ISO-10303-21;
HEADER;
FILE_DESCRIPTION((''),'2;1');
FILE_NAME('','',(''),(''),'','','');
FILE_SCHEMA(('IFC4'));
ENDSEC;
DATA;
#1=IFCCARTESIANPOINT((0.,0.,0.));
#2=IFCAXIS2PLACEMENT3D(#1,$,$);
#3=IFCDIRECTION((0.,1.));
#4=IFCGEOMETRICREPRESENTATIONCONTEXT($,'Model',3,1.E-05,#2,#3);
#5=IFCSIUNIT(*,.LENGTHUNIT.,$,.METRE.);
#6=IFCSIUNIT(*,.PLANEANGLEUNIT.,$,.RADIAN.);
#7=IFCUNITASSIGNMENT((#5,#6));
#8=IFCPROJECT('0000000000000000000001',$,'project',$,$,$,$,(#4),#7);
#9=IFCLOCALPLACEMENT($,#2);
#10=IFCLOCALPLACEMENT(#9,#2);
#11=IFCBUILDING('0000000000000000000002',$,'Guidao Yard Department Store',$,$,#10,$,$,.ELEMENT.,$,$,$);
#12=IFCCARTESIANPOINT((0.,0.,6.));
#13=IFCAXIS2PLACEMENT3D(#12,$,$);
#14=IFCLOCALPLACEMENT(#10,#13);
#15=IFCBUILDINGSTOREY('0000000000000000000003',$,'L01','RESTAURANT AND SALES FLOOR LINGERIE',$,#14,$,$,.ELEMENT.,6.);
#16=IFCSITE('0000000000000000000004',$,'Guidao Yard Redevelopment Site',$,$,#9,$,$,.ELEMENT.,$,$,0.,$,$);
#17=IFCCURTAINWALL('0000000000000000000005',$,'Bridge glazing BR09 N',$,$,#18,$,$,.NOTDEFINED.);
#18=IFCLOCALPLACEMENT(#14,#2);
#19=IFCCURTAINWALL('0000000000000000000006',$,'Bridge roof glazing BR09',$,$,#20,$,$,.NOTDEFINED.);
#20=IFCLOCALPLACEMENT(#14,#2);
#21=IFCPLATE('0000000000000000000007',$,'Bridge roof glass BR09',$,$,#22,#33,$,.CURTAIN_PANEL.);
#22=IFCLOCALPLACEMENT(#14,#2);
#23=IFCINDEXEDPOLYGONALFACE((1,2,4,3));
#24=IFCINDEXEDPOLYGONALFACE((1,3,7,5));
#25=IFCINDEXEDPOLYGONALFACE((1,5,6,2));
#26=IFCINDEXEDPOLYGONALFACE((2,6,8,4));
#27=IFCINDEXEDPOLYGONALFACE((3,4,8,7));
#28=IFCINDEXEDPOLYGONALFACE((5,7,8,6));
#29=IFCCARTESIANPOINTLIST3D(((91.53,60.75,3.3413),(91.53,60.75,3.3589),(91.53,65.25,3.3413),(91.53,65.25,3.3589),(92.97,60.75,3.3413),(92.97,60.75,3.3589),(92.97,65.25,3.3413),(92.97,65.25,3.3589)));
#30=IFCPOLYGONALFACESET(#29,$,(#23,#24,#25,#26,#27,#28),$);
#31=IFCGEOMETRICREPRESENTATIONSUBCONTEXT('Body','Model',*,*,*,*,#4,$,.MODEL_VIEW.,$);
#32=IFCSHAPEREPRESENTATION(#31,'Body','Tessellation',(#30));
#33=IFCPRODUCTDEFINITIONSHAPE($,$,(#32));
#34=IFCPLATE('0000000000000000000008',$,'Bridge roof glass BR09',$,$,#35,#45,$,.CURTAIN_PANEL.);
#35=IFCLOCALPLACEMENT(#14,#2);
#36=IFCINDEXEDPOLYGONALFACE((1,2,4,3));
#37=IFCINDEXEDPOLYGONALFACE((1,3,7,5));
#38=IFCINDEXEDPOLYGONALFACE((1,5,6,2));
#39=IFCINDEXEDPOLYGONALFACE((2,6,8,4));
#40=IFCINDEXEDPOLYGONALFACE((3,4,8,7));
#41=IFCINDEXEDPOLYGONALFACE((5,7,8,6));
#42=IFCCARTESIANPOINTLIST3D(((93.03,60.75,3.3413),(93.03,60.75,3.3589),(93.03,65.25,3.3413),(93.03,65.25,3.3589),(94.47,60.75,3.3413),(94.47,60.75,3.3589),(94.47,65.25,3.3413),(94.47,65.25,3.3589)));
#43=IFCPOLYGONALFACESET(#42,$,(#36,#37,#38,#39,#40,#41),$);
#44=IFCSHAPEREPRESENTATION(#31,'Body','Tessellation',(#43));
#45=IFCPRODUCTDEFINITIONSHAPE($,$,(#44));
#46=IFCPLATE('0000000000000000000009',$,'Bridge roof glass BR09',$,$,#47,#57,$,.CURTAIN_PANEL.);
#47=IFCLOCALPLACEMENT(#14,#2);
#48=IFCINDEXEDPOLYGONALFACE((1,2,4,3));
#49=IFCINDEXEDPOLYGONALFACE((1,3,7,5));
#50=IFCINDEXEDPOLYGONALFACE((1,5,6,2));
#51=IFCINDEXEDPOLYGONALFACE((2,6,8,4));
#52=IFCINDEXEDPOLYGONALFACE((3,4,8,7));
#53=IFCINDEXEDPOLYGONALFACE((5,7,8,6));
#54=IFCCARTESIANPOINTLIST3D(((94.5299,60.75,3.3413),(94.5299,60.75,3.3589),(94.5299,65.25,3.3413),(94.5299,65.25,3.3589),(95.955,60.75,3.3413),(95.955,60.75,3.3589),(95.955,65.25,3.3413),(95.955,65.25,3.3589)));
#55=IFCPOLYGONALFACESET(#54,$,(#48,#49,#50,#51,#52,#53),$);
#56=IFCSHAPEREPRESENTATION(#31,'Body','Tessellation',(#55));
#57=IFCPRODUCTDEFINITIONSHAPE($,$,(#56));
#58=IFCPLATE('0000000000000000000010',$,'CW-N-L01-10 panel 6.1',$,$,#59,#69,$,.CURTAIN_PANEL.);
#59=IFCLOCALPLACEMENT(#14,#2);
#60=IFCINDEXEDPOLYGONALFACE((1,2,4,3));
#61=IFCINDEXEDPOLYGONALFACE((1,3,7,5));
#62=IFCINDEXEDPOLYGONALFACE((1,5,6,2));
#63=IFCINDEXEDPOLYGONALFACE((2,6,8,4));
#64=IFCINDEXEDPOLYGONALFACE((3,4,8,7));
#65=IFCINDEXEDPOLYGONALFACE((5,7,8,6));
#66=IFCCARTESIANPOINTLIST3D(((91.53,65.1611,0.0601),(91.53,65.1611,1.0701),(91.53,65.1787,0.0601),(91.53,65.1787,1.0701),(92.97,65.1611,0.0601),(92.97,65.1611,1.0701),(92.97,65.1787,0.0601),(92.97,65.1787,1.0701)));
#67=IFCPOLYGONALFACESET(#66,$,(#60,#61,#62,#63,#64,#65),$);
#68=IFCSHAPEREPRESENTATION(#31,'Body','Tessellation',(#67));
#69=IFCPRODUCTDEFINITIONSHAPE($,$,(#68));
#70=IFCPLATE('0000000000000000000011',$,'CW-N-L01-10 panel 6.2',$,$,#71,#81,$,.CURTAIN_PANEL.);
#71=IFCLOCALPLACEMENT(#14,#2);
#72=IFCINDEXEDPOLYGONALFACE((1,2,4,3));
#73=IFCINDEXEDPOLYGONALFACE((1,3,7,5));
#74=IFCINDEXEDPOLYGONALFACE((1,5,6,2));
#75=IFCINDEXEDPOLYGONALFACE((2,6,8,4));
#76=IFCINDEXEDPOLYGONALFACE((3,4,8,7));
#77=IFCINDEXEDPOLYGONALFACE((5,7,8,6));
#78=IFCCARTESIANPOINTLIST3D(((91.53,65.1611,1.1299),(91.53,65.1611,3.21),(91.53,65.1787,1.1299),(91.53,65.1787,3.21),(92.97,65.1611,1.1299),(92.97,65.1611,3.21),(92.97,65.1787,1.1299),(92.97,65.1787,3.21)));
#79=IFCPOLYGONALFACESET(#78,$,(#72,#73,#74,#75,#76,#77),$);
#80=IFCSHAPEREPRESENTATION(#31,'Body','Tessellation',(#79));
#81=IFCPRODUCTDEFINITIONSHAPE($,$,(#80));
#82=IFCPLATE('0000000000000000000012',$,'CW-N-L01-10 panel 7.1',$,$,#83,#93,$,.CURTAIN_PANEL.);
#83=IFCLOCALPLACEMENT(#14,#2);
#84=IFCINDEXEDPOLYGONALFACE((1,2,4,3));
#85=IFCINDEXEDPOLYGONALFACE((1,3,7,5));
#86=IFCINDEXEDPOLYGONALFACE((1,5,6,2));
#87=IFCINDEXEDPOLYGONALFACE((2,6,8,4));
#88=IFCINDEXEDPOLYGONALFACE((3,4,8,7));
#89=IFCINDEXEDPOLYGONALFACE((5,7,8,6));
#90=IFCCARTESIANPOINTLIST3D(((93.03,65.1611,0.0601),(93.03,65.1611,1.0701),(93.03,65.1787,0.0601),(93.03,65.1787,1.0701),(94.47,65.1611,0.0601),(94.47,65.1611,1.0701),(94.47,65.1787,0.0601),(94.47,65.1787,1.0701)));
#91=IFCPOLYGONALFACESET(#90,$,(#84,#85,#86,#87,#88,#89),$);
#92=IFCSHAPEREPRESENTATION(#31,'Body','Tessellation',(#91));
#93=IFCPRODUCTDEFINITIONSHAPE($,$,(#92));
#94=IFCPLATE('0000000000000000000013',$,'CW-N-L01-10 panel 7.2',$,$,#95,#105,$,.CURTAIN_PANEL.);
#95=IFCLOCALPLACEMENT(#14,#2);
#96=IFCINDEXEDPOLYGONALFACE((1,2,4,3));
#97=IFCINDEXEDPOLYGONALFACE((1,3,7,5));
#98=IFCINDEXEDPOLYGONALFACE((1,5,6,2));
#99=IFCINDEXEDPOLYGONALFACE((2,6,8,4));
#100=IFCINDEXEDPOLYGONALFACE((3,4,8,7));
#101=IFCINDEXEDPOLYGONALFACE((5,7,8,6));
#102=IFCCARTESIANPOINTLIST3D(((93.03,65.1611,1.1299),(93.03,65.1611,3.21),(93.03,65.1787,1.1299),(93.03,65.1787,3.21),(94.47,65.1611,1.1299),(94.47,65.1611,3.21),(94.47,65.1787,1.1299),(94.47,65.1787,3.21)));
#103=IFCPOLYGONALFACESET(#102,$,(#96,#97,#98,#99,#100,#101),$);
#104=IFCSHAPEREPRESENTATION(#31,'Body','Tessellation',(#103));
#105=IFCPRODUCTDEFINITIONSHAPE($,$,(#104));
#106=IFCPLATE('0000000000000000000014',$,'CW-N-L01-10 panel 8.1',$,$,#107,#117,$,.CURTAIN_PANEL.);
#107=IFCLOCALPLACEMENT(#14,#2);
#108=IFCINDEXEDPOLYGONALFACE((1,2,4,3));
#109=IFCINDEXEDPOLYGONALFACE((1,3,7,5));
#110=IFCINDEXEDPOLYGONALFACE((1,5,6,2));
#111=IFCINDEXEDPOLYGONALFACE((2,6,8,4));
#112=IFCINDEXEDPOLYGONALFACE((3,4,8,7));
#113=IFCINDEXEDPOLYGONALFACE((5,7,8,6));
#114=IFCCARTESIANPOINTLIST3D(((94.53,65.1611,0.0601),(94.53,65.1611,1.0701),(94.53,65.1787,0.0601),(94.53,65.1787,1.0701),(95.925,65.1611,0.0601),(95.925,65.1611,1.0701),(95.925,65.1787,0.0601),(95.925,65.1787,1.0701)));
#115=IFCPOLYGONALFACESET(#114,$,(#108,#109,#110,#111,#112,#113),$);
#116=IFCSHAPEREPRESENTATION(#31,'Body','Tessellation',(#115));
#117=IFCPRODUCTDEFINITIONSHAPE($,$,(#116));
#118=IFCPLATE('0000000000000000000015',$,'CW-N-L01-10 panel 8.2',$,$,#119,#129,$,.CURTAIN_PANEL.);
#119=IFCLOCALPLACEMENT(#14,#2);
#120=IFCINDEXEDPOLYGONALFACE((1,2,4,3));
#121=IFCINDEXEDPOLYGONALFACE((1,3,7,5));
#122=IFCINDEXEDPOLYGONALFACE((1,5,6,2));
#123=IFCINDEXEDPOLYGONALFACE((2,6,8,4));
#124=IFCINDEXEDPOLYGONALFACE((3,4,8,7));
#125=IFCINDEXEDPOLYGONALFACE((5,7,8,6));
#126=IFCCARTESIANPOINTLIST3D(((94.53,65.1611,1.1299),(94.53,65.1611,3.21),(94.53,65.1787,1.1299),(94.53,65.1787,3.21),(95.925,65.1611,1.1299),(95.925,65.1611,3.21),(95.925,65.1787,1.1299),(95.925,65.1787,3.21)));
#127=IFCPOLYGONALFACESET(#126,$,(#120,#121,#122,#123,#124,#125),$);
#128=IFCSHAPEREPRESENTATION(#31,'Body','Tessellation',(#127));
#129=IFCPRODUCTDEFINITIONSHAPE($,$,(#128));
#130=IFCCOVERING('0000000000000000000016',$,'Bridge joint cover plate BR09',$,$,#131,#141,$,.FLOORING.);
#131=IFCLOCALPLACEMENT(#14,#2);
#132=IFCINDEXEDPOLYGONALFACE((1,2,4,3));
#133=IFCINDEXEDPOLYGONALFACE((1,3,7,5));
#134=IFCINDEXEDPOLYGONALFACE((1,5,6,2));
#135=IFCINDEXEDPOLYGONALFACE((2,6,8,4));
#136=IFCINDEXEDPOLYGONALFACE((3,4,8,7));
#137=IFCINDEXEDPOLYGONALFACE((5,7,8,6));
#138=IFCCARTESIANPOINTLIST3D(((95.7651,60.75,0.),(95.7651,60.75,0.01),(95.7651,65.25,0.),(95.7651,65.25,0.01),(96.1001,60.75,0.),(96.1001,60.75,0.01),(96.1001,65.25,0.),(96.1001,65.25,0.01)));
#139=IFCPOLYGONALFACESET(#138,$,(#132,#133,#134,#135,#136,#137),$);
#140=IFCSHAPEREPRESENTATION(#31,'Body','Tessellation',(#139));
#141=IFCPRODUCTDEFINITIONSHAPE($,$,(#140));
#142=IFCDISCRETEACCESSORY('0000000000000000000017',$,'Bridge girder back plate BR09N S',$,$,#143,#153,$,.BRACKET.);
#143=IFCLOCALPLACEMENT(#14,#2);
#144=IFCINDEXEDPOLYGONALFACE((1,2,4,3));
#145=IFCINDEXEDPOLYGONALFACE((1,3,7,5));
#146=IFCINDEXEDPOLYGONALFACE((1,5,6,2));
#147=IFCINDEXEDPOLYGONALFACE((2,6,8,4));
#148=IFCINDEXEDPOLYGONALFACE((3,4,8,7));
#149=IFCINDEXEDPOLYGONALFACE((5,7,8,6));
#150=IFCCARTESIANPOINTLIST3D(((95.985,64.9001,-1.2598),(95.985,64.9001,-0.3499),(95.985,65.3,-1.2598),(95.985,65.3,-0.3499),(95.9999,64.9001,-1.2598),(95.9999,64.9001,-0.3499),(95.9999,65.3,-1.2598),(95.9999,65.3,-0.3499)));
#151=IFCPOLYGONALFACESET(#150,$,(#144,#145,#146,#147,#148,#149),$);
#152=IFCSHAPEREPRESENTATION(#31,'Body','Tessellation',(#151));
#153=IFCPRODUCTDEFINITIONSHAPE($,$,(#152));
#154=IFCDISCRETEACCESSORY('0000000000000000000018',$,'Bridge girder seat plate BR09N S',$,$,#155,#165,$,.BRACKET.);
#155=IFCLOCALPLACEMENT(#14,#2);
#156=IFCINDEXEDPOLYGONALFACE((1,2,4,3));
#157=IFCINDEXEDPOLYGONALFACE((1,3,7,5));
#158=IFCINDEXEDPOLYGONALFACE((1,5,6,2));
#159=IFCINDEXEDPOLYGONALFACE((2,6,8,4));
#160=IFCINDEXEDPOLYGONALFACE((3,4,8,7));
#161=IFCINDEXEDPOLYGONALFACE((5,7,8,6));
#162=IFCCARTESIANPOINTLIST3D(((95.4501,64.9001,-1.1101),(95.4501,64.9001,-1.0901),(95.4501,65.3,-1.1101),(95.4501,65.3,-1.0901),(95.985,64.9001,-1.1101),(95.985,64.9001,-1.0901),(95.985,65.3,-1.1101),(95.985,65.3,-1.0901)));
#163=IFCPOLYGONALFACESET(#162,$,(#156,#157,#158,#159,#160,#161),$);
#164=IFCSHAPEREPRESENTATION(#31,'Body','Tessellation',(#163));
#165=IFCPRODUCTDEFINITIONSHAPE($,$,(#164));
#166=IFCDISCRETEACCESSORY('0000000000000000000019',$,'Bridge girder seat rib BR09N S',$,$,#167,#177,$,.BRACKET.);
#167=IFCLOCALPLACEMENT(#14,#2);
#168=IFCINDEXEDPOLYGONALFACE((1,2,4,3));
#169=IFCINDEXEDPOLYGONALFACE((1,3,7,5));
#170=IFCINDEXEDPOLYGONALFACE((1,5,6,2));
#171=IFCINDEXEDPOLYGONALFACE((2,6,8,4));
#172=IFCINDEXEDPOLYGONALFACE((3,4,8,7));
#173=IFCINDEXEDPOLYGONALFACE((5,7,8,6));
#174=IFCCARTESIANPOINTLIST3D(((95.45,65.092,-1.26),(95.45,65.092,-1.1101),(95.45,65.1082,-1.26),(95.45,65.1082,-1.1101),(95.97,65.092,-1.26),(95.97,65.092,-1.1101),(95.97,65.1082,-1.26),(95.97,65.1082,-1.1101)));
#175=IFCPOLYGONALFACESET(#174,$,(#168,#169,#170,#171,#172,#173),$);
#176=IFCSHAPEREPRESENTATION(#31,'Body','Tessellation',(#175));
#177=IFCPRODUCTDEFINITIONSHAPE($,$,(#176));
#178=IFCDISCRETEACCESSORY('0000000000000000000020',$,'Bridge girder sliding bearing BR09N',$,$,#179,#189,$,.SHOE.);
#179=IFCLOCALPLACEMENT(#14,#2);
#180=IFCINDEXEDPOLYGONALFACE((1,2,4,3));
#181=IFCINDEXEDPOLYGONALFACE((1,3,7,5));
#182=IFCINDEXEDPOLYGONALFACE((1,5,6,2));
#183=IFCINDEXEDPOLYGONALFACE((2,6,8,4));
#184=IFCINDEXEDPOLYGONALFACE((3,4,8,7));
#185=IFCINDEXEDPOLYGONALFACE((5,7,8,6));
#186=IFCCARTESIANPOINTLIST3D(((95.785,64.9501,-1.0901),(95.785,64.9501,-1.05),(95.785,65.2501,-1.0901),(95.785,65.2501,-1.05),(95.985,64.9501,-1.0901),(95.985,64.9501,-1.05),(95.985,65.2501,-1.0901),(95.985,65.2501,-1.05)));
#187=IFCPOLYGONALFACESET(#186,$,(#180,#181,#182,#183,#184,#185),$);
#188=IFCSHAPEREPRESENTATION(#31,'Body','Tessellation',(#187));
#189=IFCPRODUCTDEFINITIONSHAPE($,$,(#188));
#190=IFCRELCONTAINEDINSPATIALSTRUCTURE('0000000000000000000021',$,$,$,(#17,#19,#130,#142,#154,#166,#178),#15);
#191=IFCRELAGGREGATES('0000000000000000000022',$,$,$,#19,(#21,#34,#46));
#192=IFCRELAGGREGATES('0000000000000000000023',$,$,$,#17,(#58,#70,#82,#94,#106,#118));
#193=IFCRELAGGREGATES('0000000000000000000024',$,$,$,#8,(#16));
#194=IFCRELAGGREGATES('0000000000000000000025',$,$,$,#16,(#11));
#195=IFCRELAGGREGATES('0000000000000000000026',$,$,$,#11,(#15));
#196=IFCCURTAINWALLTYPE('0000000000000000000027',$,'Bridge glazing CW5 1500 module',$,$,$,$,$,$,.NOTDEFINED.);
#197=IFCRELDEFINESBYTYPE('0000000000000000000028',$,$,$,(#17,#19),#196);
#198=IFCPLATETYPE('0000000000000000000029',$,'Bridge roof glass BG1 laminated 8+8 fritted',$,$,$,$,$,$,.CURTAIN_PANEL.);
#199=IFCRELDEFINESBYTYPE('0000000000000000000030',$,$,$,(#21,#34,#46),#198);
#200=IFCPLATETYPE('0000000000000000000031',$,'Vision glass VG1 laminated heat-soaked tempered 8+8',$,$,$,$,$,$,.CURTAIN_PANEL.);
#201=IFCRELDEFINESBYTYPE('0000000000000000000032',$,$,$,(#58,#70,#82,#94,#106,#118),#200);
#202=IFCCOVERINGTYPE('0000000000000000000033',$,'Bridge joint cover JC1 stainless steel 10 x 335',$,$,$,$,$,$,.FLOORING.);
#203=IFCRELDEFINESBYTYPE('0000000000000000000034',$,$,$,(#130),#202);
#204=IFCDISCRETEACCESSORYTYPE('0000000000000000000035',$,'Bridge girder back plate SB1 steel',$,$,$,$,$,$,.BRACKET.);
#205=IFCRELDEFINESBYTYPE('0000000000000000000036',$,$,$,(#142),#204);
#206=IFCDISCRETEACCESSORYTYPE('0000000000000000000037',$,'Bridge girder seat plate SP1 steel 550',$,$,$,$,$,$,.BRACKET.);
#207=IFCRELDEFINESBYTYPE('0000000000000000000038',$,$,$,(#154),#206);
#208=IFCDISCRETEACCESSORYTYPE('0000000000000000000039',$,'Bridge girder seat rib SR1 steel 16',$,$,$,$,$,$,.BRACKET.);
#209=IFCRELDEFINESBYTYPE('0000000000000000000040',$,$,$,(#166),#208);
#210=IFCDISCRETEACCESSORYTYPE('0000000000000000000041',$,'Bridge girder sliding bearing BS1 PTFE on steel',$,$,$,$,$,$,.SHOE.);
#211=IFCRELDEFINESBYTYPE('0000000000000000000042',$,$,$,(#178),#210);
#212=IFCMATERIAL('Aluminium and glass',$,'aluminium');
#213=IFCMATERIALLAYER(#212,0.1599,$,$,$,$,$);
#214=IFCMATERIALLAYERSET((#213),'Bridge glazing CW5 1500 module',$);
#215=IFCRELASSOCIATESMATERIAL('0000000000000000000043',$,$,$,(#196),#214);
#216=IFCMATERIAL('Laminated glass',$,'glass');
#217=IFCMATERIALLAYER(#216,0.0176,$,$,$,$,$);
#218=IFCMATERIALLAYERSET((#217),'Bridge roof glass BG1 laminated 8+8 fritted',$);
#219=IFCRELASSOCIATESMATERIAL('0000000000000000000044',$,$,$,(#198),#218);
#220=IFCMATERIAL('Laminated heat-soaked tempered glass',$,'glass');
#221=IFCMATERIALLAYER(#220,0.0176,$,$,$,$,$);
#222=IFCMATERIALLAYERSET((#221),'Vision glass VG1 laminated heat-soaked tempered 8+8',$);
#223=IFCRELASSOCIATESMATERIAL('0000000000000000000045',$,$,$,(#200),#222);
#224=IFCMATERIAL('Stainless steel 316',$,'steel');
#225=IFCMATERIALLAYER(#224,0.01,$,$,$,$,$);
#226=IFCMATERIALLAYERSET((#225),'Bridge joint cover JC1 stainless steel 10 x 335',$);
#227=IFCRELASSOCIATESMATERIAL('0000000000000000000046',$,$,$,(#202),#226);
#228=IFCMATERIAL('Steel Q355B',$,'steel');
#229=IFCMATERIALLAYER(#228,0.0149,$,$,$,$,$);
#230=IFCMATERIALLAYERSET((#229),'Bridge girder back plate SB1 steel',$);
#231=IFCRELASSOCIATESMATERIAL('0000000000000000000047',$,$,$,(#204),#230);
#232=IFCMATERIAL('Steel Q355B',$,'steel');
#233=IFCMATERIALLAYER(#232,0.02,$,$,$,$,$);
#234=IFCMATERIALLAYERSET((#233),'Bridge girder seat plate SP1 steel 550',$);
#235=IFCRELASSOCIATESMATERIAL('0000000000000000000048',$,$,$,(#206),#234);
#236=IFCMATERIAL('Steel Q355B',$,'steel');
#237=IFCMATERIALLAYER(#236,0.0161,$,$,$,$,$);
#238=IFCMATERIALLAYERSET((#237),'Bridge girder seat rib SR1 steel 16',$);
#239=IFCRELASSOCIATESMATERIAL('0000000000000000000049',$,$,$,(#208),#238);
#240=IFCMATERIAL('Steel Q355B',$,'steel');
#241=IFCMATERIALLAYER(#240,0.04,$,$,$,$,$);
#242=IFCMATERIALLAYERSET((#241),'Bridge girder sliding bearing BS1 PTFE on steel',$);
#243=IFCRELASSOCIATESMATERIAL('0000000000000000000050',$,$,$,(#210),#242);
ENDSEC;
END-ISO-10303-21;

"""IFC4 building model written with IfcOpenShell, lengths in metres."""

from ifc_helpers import new_model, si_unit, direction, frame, origin, origin_2d, place, context, subcontext, project, spatial, rectangle, extrude, material, layer, layer_set, type_object, element, aggregate, save


model = new_model("IFC4")

# Units and contexts
model_context = context("Model", 3, precision=1e-05, world=origin(), true_north=direction((0.0, 1.0)))
body_context = subcontext(model_context, "Body", "Model", "MODEL_VIEW")
ifc_project = project(units=[si_unit("LENGTHUNIT", "METRE"), si_unit("PLANEANGLEUNIT", "RADIAN")], contexts=[model_context])

# Site, building, storey
site_placement = place(None, origin())
site = spatial("IfcSite", under=ifc_project, at=site_placement, Name="Guidao Yard Redevelopment Site", CompositionType="ELEMENT", RefElevation=0.0)
building_placement = place(site_placement, origin())
building = spatial("IfcBuilding", under=site, at=building_placement, Name="Guidao Yard Department Store", CompositionType="ELEMENT")
storey_placement = place(building_placement, frame((0.0, 0.0, 6.0)))
storey = spatial("IfcBuildingStorey", under=building, at=storey_placement, Name="L01", Description="RESTAURANT AND SALES FLOOR LINGERIE", CompositionType="ELEMENT", Elevation=6.0)

# Curtain wall
ifc_material_1 = material(Name="Aluminium and glass", Category="aluminium")
ifc_layer_1 = layer(ifc_material_1, 0.1599)
ifc_layer_set_1 = layer_set([ifc_layer_1], Name="Bridge glazing CW5 1500 module")
curtain_wall_type = type_object("IfcCurtainWallType", Name="Bridge glazing CW5 1500 module", PredefinedType="NOTDEFINED", material=ifc_layer_set_1)
curtain_wall_1_placement = place(storey_placement, origin())
curtain_wall_1 = element("IfcCurtainWall", 1, at=curtain_wall_1_placement, inside=storey, type_object=curtain_wall_type, Name="Bridge glazing BR09 N", PredefinedType="NOTDEFINED")

# Curtain wall, plates
curtain_wall_2_placement = place(storey_placement, origin())
curtain_wall_2 = element("IfcCurtainWall", 2, at=curtain_wall_2_placement, inside=storey, type_object=curtain_wall_type, Name="Bridge roof glazing BR09", PredefinedType="NOTDEFINED")
ifc_material_2 = material(Name="Laminated glass", Category="glass")
ifc_layer_2 = layer(ifc_material_2, 0.0176)
ifc_layer_set_2 = layer_set([ifc_layer_2], Name="Bridge roof glass BG1 laminated 8+8 fritted")
plate_type_1 = type_object("IfcPlateType", Name="Bridge roof glass BG1 laminated 8+8 fritted", PredefinedType="CURTAIN_PANEL", material=ifc_layer_set_2)
plate_1_placement = place(storey_placement, frame((92.25, 63.0, 3.3413), z_axis=(0.0, 0.0, 1.0), x_axis=(1.0, 0.0, 0.0)))
plate_1 = element("IfcPlate", 3, at=plate_1_placement, type_object=plate_type_1, Name="Bridge roof glass BR09", PredefinedType="CURTAIN_PANEL", context=body_context, shape_type="SweptSolid", body=[
    extrude(rectangle(XDim=1.4399, YDim=4.5, at=origin_2d()), origin(), (0.0, 0.0, 1.0), 0.0176),
])
plate_2_placement = place(storey_placement, frame((93.75, 63.0, 3.3413), z_axis=(0.0, 0.0, 1.0), x_axis=(1.0, 0.0, 0.0)))
plate_2 = element("IfcPlate", 4, at=plate_2_placement, type_object=plate_type_1, Name="Bridge roof glass BR09", PredefinedType="CURTAIN_PANEL", context=body_context, shape_type="SweptSolid", body=[
    extrude(rectangle(XDim=1.4399, YDim=4.5, at=origin_2d()), origin(), (0.0, 0.0, 1.0), 0.0176),
])
plate_3_placement = place(storey_placement, frame((95.2424, 63.0, 3.3413), z_axis=(0.0, 0.0, 1.0), x_axis=(1.0, 0.0, 0.0)))
plate_3 = element("IfcPlate", 5, at=plate_3_placement, type_object=plate_type_1, Name="Bridge roof glass BR09", PredefinedType="CURTAIN_PANEL", context=body_context, shape_type="SweptSolid", body=[
    extrude(rectangle(XDim=1.425, YDim=4.5, at=origin_2d()), origin(), (0.0, 0.0, 1.0), 0.0176),
])
aggregate(curtain_wall_2, [plate_1, plate_2, plate_3])

# Plates
ifc_material_3 = material(Name="Laminated heat-soaked tempered glass", Category="glass")
ifc_layer_3 = layer(ifc_material_3, 0.0176)
ifc_layer_set_3 = layer_set([ifc_layer_3], Name="Vision glass VG1 laminated heat-soaked tempered 8+8")
plate_type_2 = type_object("IfcPlateType", Name="Vision glass VG1 laminated heat-soaked tempered 8+8", PredefinedType="CURTAIN_PANEL", material=ifc_layer_set_3)
plate_4_placement = place(storey_placement, frame((92.25, 65.1699, 0.0601), z_axis=(0.0, 0.0, 1.0), x_axis=(1.0, 0.0, 0.0)))
plate_4 = element("IfcPlate", 6, at=plate_4_placement, type_object=plate_type_2, Name="CW-N-L01-10 panel 6.1", PredefinedType="CURTAIN_PANEL", context=body_context, shape_type="SweptSolid", body=[
    extrude(rectangle(XDim=1.4399, YDim=0.0176, at=origin_2d()), origin(), (0.0, 0.0, 1.0), 1.01),
])
plate_5_placement = place(storey_placement, frame((92.25, 65.1699, 1.1299), z_axis=(0.0, 0.0, 1.0), x_axis=(1.0, 0.0, 0.0)))
plate_5 = element("IfcPlate", 7, at=plate_5_placement, type_object=plate_type_2, Name="CW-N-L01-10 panel 6.2", PredefinedType="CURTAIN_PANEL", context=body_context, shape_type="SweptSolid", body=[
    extrude(rectangle(XDim=1.4399, YDim=0.0176, at=origin_2d()), origin(), (0.0, 0.0, 1.0), 2.0801),
])
plate_6_placement = place(storey_placement, frame((93.75, 65.1699, 0.0601), z_axis=(0.0, 0.0, 1.0), x_axis=(1.0, 0.0, 0.0)))
plate_6 = element("IfcPlate", 8, at=plate_6_placement, type_object=plate_type_2, Name="CW-N-L01-10 panel 7.1", PredefinedType="CURTAIN_PANEL", context=body_context, shape_type="SweptSolid", body=[
    extrude(rectangle(XDim=1.4399, YDim=0.0176, at=origin_2d()), origin(), (0.0, 0.0, 1.0), 1.01),
])
plate_7_placement = place(storey_placement, frame((93.75, 65.1699, 1.1299), z_axis=(0.0, 0.0, 1.0), x_axis=(1.0, 0.0, 0.0)))
plate_7 = element("IfcPlate", 9, at=plate_7_placement, type_object=plate_type_2, Name="CW-N-L01-10 panel 7.2", PredefinedType="CURTAIN_PANEL", context=body_context, shape_type="SweptSolid", body=[
    extrude(rectangle(XDim=1.4399, YDim=0.0176, at=origin_2d()), origin(), (0.0, 0.0, 1.0), 2.0801),
])
plate_8_placement = place(storey_placement, frame((95.2275, 65.1699, 0.0601), z_axis=(0.0, 0.0, 1.0), x_axis=(1.0, 0.0, 0.0)))
plate_8 = element("IfcPlate", 10, at=plate_8_placement, type_object=plate_type_2, Name="CW-N-L01-10 panel 8.1", PredefinedType="CURTAIN_PANEL", context=body_context, shape_type="SweptSolid", body=[
    extrude(rectangle(XDim=1.395, YDim=0.0176, at=origin_2d()), origin(), (0.0, 0.0, 1.0), 1.01),
])
plate_9_placement = place(storey_placement, frame((95.2275, 65.1699, 1.1299), z_axis=(0.0, 0.0, 1.0), x_axis=(1.0, 0.0, 0.0)))
plate_9 = element("IfcPlate", 11, at=plate_9_placement, type_object=plate_type_2, Name="CW-N-L01-10 panel 8.2", PredefinedType="CURTAIN_PANEL", context=body_context, shape_type="SweptSolid", body=[
    extrude(rectangle(XDim=1.395, YDim=0.0176, at=origin_2d()), origin(), (0.0, 0.0, 1.0), 2.0801),
])
aggregate(curtain_wall_1, [plate_4, plate_5, plate_6, plate_7, plate_8, plate_9])

# Covering
ifc_material_4 = material(Name="Stainless steel 316", Category="steel")
ifc_layer_4 = layer(ifc_material_4, 0.01)
ifc_layer_set_4 = layer_set([ifc_layer_4], Name="Bridge joint cover JC1 stainless steel 10 x 335")
covering_type = type_object("IfcCoveringType", Name="Bridge joint cover JC1 stainless steel 10 x 335", PredefinedType="FLOORING", material=ifc_layer_set_4)
covering_placement = place(storey_placement, frame((95.9326, 63.0, 0.0), z_axis=(0.0, 0.0, 1.0), x_axis=(1.0, 0.0, 0.0)))
element("IfcCovering", 12, at=covering_placement, inside=storey, type_object=covering_type, Name="Bridge joint cover plate BR09", PredefinedType="FLOORING", context=body_context, shape_type="SweptSolid", body=[
    extrude(rectangle(XDim=0.335, YDim=4.5, at=origin_2d()), origin(), (0.0, 0.0, 1.0), 0.01),
])

# Discrete accessories
ifc_material_5 = material(Name="Steel Q355B", Category="steel")
ifc_layer_5 = layer(ifc_material_5, 0.0149)
ifc_layer_set_5 = layer_set([ifc_layer_5], Name="Bridge girder back plate SB1 steel")
discrete_accessory_type_1 = type_object("IfcDiscreteAccessoryType", Name="Bridge girder back plate SB1 steel", PredefinedType="BRACKET", material=ifc_layer_set_5)
discrete_accessory_1_placement = place(storey_placement, frame((95.9924, 65.1001, -1.2598), z_axis=(0.0, 0.0, 1.0), x_axis=(1.0, 0.0, 0.0)))
element("IfcDiscreteAccessory", 13, at=discrete_accessory_1_placement, inside=storey, type_object=discrete_accessory_type_1, Name="Bridge girder back plate BR09N S", PredefinedType="BRACKET", context=body_context, shape_type="SweptSolid", body=[
    extrude(rectangle(XDim=0.0149, YDim=0.3999, at=origin_2d()), origin(), (0.0, 0.0, 1.0), 0.9099),
])
ifc_material_6 = material(Name="Steel Q355B", Category="steel")
ifc_layer_6 = layer(ifc_material_6, 0.02)
ifc_layer_set_6 = layer_set([ifc_layer_6], Name="Bridge girder seat plate SP1 steel 550")
discrete_accessory_type_2 = type_object("IfcDiscreteAccessoryType", Name="Bridge girder seat plate SP1 steel 550", PredefinedType="BRACKET", material=ifc_layer_set_6)
discrete_accessory_2_placement = place(storey_placement, frame((95.7175, 65.1001, -1.1101), z_axis=(0.0, 0.0, 1.0), x_axis=(1.0, 0.0, 0.0)))
element("IfcDiscreteAccessory", 14, at=discrete_accessory_2_placement, inside=storey, type_object=discrete_accessory_type_2, Name="Bridge girder seat plate BR09N S", PredefinedType="BRACKET", context=body_context, shape_type="SweptSolid", body=[
    extrude(rectangle(XDim=0.5349, YDim=0.3999, at=origin_2d()), origin(), (0.0, 0.0, 1.0), 0.02),
])
ifc_material_7 = material(Name="Steel Q355B", Category="steel")
ifc_layer_7 = layer(ifc_material_7, 0.0161)
ifc_layer_set_7 = layer_set([ifc_layer_7], Name="Bridge girder seat rib SR1 steel 16")
discrete_accessory_type_3 = type_object("IfcDiscreteAccessoryType", Name="Bridge girder seat rib SR1 steel 16", PredefinedType="BRACKET", material=ifc_layer_set_7)
discrete_accessory_3_placement = place(storey_placement, frame((95.71, 65.1001, -1.26), z_axis=(0.0, 0.0, 1.0), x_axis=(1.0, 0.0, 0.0)))
element("IfcDiscreteAccessory", 15, at=discrete_accessory_3_placement, inside=storey, type_object=discrete_accessory_type_3, Name="Bridge girder seat rib BR09N S", PredefinedType="BRACKET", context=body_context, shape_type="SweptSolid", body=[
    extrude(rectangle(XDim=0.52, YDim=0.0161, at=origin_2d()), origin(), (0.0, 0.0, 1.0), 0.1499),
])
ifc_material_8 = material(Name="Steel Q355B", Category="steel")
ifc_layer_8 = layer(ifc_material_8, 0.04)
ifc_layer_set_8 = layer_set([ifc_layer_8], Name="Bridge girder sliding bearing BS1 PTFE on steel")
discrete_accessory_type_4 = type_object("IfcDiscreteAccessoryType", Name="Bridge girder sliding bearing BS1 PTFE on steel", PredefinedType="SHOE", material=ifc_layer_set_8)
discrete_accessory_4_placement = place(storey_placement, frame((95.885, 65.1001, -1.0901), z_axis=(0.0, 0.0, 1.0), x_axis=(1.0, 0.0, 0.0)))
element("IfcDiscreteAccessory", 16, at=discrete_accessory_4_placement, inside=storey, type_object=discrete_accessory_type_4, Name="Bridge girder sliding bearing BR09N", PredefinedType="SHOE", context=body_context, shape_type="SweptSolid", body=[
    extrude(rectangle(XDim=0.2, YDim=0.3, at=origin_2d()), origin(), (0.0, 0.0, 1.0), 0.04),
])

save(model, "model.ifc")
